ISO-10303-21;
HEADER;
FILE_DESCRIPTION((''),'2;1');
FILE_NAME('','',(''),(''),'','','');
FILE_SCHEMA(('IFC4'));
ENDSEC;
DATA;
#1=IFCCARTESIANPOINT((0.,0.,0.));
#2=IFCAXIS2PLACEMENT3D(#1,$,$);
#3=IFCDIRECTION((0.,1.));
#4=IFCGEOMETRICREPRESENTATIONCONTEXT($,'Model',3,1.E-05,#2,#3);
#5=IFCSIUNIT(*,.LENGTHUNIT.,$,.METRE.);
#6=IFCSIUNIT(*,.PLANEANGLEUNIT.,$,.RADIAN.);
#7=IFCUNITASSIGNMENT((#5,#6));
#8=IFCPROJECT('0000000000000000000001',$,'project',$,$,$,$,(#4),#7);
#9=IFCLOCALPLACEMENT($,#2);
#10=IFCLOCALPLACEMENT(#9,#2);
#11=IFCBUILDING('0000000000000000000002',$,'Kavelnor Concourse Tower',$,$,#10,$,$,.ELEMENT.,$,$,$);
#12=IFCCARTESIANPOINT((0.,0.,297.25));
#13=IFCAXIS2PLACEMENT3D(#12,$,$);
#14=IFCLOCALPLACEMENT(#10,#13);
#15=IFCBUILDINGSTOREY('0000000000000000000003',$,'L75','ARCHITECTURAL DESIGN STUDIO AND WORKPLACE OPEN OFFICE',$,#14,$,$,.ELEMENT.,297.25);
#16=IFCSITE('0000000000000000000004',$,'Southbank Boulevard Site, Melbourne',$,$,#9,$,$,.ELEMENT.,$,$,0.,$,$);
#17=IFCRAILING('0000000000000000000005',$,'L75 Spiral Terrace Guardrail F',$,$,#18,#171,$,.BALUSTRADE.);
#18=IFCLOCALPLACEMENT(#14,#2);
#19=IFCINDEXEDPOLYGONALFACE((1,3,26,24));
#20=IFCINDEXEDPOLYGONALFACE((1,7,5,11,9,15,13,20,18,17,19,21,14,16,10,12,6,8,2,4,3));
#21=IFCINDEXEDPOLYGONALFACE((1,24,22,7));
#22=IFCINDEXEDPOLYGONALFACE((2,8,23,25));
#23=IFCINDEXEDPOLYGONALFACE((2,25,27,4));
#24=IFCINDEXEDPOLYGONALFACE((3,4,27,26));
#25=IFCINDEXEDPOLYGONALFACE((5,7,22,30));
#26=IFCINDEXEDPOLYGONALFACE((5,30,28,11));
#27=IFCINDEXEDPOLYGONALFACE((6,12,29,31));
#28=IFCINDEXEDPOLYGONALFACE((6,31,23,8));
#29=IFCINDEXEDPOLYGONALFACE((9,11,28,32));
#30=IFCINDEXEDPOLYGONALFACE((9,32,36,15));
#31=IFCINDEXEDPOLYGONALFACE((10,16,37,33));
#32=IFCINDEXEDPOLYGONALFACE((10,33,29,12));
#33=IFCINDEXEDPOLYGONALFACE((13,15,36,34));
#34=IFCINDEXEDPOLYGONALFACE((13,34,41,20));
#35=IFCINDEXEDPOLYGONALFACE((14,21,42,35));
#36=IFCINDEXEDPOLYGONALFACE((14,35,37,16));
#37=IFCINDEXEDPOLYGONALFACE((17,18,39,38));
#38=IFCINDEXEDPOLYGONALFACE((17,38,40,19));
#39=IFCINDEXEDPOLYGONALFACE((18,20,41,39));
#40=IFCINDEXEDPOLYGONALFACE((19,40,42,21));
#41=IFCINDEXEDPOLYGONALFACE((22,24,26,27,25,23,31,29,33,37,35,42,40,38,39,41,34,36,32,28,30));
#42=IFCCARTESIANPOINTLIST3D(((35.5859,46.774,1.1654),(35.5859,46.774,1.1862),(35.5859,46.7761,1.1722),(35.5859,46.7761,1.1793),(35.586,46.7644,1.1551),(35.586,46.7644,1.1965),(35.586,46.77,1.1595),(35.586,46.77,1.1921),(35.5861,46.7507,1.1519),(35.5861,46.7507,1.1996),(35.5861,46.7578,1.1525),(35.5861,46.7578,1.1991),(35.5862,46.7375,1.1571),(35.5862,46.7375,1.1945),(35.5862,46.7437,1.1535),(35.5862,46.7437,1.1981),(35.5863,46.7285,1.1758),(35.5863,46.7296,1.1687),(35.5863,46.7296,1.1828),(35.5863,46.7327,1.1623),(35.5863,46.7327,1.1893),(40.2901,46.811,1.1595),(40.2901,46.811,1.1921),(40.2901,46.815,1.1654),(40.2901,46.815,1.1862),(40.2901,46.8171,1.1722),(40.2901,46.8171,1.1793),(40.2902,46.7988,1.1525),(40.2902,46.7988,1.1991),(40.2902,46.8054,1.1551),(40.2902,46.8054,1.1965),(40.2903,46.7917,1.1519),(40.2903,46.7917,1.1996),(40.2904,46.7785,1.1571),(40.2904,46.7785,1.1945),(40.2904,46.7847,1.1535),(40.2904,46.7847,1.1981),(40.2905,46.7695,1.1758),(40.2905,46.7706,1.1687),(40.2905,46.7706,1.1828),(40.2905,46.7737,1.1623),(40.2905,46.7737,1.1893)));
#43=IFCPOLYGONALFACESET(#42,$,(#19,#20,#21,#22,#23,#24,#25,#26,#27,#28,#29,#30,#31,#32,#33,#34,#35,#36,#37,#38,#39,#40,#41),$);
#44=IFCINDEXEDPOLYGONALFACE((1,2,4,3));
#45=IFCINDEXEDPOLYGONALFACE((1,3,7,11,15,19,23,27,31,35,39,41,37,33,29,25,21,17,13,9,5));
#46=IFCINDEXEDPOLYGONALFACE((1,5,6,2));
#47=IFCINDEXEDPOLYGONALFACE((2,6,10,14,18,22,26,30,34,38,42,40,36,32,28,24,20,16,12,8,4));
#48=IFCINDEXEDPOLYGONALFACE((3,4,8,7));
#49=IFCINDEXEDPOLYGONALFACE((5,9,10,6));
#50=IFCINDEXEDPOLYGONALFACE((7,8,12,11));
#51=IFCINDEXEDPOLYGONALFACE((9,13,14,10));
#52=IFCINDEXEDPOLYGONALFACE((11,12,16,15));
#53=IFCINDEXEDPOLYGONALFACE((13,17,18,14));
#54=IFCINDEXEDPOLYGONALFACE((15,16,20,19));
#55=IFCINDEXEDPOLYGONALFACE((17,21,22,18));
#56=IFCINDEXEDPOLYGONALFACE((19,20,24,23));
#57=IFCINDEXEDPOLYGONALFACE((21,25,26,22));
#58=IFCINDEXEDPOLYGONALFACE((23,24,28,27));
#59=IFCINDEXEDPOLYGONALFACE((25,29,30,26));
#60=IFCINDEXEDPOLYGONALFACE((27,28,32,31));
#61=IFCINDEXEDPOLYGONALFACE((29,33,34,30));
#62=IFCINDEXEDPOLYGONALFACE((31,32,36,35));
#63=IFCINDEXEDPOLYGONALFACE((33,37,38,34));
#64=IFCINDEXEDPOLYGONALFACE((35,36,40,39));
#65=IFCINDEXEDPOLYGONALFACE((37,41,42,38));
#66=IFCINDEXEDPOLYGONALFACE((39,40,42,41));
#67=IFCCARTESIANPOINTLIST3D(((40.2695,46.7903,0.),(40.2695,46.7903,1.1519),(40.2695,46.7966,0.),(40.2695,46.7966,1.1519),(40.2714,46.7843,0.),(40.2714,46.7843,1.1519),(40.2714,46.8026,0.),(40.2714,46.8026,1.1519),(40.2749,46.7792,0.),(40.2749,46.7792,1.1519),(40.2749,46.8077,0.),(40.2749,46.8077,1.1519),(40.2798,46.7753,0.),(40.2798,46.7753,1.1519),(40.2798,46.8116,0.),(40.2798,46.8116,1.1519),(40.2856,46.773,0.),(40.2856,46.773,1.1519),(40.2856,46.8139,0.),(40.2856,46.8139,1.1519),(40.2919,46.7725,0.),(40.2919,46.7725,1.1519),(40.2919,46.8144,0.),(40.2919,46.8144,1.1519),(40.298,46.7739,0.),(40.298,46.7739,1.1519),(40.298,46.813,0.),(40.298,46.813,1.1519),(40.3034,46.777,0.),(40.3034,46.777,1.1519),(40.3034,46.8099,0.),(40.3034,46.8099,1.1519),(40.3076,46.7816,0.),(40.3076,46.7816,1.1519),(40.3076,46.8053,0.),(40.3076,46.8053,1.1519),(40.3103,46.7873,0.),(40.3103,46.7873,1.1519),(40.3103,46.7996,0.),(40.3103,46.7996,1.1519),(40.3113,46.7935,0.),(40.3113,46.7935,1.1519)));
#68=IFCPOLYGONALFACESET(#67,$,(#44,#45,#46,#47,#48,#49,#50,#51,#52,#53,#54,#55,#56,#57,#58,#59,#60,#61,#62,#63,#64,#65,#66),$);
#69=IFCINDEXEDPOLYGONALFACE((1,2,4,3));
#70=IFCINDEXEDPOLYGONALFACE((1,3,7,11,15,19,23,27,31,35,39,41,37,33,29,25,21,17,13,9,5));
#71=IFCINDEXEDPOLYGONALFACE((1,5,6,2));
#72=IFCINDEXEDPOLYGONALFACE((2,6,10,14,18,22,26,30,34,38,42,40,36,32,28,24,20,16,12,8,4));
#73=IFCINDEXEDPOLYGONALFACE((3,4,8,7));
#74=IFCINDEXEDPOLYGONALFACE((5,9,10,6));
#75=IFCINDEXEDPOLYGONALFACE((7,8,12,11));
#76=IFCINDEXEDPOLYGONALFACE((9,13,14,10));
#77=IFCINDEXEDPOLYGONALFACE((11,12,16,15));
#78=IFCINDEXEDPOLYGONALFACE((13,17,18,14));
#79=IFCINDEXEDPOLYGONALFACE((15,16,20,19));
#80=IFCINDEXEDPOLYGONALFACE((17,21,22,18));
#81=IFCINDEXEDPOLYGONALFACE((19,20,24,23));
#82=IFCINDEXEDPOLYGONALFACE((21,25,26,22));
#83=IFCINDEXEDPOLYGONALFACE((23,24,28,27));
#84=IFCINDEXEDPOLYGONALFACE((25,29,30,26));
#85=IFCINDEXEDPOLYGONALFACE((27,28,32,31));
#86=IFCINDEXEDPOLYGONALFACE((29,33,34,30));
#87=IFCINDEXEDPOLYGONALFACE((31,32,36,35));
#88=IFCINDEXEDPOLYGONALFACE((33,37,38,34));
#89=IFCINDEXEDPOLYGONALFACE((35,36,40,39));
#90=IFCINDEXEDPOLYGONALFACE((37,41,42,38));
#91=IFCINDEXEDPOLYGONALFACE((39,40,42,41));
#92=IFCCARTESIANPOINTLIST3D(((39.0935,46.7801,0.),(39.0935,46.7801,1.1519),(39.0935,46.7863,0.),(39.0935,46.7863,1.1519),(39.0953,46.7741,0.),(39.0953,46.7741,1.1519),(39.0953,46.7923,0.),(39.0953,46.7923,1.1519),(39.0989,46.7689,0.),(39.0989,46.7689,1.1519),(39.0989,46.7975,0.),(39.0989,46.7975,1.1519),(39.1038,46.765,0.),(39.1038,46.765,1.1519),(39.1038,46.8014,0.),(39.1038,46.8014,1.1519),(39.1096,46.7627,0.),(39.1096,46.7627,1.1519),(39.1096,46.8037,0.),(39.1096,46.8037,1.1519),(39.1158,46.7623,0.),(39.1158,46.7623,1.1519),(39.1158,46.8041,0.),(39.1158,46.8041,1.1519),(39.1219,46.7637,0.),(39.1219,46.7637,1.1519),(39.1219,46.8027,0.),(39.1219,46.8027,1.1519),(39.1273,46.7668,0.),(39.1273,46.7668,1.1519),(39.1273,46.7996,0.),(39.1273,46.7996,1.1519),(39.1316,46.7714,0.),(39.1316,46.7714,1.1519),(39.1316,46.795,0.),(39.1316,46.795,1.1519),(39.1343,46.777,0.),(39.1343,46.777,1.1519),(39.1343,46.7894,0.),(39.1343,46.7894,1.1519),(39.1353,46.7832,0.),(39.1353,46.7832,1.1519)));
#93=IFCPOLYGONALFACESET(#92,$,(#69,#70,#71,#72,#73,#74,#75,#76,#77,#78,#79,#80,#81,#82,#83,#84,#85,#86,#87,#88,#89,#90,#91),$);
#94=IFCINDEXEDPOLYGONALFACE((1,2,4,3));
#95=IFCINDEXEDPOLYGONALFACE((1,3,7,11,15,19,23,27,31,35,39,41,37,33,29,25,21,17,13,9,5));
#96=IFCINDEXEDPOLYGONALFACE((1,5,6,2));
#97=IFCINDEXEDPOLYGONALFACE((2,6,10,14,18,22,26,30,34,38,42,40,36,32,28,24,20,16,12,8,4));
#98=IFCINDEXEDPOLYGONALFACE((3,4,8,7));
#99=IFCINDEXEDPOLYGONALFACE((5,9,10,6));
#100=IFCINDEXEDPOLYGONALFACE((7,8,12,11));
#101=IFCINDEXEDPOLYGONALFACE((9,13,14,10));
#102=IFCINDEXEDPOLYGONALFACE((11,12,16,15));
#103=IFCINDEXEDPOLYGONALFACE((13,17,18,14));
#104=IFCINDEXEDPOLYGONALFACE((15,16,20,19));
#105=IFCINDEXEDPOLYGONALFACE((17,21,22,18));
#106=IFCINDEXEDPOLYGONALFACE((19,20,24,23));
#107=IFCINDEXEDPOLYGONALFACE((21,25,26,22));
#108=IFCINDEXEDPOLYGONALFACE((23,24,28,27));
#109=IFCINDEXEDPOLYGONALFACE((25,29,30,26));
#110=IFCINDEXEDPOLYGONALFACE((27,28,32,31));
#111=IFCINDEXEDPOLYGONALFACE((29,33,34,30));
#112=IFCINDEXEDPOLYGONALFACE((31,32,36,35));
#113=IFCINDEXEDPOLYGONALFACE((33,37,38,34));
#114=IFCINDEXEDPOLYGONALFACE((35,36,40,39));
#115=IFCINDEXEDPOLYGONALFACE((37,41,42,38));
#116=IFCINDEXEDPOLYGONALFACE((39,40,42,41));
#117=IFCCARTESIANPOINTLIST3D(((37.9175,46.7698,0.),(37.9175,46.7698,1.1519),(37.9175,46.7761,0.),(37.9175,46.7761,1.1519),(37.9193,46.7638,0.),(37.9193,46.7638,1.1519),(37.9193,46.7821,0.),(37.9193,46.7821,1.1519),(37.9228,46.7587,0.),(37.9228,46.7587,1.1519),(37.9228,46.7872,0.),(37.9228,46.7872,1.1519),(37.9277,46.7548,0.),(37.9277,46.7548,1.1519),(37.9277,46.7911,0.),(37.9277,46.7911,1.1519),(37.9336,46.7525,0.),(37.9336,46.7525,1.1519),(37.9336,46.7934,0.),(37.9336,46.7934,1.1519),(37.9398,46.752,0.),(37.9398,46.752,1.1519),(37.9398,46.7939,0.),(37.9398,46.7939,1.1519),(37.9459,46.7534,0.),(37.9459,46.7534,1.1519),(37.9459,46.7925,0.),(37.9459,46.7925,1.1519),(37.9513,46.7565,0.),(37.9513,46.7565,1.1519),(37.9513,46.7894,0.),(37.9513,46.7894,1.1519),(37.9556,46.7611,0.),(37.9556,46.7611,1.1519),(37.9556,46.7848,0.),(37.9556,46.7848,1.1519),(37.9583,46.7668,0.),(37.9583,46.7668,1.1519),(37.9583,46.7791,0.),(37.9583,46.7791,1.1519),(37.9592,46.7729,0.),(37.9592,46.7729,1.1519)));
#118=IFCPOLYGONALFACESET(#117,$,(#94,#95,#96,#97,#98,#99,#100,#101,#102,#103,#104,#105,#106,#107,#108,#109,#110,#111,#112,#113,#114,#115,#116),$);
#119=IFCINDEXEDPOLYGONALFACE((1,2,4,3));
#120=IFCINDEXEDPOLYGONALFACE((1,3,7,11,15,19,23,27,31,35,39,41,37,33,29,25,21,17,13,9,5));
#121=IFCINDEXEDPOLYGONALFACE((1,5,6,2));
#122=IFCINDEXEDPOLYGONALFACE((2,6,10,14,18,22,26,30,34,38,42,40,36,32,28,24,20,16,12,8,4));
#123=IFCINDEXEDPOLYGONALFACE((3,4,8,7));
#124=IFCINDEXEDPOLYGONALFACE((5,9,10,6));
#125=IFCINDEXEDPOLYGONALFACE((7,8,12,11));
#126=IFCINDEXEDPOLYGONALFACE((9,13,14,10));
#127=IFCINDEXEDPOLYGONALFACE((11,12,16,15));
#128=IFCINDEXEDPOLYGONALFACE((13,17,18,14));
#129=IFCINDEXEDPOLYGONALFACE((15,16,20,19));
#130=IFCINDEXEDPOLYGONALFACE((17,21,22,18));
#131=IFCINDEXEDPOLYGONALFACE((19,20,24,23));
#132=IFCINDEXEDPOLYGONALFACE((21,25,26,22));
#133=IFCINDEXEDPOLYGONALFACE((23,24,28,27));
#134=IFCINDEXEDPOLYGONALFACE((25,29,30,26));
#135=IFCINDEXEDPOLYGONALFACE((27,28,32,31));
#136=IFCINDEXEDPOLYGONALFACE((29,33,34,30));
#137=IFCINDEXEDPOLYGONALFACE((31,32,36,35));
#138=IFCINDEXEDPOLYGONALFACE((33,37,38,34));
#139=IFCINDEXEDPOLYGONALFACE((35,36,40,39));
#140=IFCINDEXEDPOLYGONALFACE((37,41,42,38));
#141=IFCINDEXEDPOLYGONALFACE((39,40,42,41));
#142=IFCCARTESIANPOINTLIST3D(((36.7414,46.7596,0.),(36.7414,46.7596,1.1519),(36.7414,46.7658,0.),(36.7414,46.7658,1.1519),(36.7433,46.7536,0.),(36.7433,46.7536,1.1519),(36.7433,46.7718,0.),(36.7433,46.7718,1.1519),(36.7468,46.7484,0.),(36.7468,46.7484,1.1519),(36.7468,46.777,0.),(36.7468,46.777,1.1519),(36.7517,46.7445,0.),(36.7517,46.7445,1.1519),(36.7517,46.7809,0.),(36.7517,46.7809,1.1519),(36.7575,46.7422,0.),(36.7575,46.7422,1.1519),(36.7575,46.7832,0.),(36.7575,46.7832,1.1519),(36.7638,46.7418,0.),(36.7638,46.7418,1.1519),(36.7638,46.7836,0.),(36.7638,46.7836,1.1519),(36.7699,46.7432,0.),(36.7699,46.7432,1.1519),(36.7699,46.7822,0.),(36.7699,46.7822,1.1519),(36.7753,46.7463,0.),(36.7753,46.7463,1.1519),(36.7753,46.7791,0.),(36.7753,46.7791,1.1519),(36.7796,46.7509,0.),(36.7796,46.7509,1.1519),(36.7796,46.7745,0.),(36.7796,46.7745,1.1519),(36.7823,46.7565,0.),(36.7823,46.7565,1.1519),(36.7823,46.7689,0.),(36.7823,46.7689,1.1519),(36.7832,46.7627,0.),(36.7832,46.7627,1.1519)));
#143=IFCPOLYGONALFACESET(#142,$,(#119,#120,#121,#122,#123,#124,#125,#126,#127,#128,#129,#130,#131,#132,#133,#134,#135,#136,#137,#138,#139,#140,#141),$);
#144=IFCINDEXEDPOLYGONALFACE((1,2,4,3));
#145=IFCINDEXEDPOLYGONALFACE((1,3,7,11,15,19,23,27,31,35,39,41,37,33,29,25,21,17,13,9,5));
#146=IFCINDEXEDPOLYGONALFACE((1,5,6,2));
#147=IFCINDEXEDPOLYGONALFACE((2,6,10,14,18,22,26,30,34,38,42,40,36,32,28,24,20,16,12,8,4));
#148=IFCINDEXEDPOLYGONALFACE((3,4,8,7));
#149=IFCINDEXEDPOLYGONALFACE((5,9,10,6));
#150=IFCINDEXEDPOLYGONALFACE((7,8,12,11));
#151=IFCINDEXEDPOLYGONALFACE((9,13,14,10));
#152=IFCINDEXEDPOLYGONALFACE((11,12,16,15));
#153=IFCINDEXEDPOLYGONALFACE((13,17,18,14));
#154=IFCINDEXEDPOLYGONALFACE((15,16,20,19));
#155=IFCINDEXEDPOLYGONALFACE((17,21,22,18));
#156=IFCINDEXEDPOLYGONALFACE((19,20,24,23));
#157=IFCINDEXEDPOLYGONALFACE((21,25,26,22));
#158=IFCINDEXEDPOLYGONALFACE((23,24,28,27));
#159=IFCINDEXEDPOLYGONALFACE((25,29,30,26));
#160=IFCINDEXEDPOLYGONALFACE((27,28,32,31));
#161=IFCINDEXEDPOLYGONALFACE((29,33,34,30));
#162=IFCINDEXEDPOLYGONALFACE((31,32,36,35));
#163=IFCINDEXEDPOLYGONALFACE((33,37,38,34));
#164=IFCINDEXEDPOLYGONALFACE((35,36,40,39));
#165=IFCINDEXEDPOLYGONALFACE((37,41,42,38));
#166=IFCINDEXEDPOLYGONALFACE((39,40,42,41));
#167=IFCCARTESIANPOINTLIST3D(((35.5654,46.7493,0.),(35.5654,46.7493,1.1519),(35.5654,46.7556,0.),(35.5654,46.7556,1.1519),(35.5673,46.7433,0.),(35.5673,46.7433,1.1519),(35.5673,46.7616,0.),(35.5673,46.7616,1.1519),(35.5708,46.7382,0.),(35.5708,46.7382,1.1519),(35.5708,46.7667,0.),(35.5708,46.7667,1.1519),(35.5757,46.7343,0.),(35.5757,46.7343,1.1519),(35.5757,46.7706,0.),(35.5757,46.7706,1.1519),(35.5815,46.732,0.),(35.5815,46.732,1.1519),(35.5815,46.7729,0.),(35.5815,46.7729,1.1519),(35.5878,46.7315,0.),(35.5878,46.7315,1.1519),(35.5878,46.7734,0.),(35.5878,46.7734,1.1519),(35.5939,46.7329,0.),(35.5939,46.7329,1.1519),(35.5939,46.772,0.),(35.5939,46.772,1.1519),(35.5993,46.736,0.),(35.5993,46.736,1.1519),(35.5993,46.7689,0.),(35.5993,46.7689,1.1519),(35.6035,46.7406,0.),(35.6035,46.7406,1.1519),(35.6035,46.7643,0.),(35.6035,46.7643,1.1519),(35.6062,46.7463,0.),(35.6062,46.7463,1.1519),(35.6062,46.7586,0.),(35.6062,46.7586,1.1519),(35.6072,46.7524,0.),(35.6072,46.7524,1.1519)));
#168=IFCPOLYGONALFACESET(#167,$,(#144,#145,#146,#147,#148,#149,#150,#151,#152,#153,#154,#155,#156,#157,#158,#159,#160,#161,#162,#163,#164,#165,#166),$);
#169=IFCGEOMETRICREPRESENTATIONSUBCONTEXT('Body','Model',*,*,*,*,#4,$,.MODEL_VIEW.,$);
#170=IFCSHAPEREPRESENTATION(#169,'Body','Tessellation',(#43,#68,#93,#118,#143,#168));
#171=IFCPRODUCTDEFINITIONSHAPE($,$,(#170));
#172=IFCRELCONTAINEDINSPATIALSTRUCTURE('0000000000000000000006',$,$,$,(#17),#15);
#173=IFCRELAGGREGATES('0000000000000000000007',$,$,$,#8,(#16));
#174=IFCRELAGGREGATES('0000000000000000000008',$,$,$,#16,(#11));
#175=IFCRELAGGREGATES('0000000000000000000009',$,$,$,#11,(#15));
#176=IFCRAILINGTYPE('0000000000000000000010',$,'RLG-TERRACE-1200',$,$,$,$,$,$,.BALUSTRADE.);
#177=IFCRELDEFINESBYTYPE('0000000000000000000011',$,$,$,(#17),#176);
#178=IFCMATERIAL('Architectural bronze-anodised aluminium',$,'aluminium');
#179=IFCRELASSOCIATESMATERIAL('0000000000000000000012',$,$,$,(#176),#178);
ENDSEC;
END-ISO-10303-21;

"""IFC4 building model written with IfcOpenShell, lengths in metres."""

from ifc_helpers import new_model, si_unit, direction, frame, origin, origin_2d, place, context, subcontext, project, spatial, circle, extrude, material, type_object, element, save


model = new_model("IFC4")

# Units and contexts
model_context = context("Model", 3, precision=1e-05, world=origin(), true_north=direction((0.0, 1.0)))
body_context = subcontext(model_context, "Body", "Model", "MODEL_VIEW")
ifc_project = project(units=[si_unit("LENGTHUNIT", "METRE"), si_unit("PLANEANGLEUNIT", "RADIAN")], contexts=[model_context])

# Site, building, storey
site_placement = place(None, origin())
site = spatial("IfcSite", under=ifc_project, at=site_placement, Name="Southbank Boulevard Site, Melbourne", CompositionType="ELEMENT", RefElevation=0.0)
building_placement = place(site_placement, origin())
building = spatial("IfcBuilding", under=site, at=building_placement, Name="Kavelnor Concourse Tower", CompositionType="ELEMENT")
storey_placement = place(building_placement, frame((0.0, 0.0, 297.25)))
storey = spatial("IfcBuildingStorey", under=building, at=storey_placement, Name="L75", Description="ARCHITECTURAL DESIGN STUDIO AND WORKPLACE OPEN OFFICE", CompositionType="ELEMENT", Elevation=297.25)

# Railing
ifc_material_1 = material(Name="Architectural bronze-anodised aluminium", Category="aluminium")
railing_type = type_object("IfcRailingType", Name="RLG-TERRACE-1200", PredefinedType="BALUSTRADE", material=ifc_material_1)
railing_1_placement = place(storey_placement, frame((40.2903, 46.7935, 0.0)))
element("IfcRailing", 1, at=railing_1_placement, inside=storey, type_object=railing_type, Name="L75 Spiral Terrace Guardrail F", PredefinedType="BALUSTRADE", context=body_context, shape_type="SweptSolid", body=[
    extrude(circle(Radius=0.0239, at=origin_2d()), frame((0.0, 0.0, 1.1758), z_axis=(-0.999962, -0.008719, 0.0), x_axis=(0.008719, -0.999962, 0.0)), (0.0, 0.0, 1.0), 4.7043),
    extrude(circle(Radius=0.021, at=origin_2d()), origin(), (0.0, 0.0, 1.0), 1.1519),
    extrude(circle(Radius=0.021, at=origin_2d()), frame((-1.176, -0.0103, 0.0)), (0.0, 0.0, 1.0), 1.1519),
    extrude(circle(Radius=0.021, at=origin_2d()), frame((-2.3521, -0.0205, 0.0)), (0.0, 0.0, 1.0), 1.1519),
    extrude(circle(Radius=0.021, at=origin_2d()), frame((-3.5281, -0.0308, 0.0)), (0.0, 0.0, 1.0), 1.1519),
    extrude(circle(Radius=0.021, at=origin_2d()), frame((-4.7041, -0.041, 0.0)), (0.0, 0.0, 1.0), 1.1519),
])

save(model, "model.ifc")
